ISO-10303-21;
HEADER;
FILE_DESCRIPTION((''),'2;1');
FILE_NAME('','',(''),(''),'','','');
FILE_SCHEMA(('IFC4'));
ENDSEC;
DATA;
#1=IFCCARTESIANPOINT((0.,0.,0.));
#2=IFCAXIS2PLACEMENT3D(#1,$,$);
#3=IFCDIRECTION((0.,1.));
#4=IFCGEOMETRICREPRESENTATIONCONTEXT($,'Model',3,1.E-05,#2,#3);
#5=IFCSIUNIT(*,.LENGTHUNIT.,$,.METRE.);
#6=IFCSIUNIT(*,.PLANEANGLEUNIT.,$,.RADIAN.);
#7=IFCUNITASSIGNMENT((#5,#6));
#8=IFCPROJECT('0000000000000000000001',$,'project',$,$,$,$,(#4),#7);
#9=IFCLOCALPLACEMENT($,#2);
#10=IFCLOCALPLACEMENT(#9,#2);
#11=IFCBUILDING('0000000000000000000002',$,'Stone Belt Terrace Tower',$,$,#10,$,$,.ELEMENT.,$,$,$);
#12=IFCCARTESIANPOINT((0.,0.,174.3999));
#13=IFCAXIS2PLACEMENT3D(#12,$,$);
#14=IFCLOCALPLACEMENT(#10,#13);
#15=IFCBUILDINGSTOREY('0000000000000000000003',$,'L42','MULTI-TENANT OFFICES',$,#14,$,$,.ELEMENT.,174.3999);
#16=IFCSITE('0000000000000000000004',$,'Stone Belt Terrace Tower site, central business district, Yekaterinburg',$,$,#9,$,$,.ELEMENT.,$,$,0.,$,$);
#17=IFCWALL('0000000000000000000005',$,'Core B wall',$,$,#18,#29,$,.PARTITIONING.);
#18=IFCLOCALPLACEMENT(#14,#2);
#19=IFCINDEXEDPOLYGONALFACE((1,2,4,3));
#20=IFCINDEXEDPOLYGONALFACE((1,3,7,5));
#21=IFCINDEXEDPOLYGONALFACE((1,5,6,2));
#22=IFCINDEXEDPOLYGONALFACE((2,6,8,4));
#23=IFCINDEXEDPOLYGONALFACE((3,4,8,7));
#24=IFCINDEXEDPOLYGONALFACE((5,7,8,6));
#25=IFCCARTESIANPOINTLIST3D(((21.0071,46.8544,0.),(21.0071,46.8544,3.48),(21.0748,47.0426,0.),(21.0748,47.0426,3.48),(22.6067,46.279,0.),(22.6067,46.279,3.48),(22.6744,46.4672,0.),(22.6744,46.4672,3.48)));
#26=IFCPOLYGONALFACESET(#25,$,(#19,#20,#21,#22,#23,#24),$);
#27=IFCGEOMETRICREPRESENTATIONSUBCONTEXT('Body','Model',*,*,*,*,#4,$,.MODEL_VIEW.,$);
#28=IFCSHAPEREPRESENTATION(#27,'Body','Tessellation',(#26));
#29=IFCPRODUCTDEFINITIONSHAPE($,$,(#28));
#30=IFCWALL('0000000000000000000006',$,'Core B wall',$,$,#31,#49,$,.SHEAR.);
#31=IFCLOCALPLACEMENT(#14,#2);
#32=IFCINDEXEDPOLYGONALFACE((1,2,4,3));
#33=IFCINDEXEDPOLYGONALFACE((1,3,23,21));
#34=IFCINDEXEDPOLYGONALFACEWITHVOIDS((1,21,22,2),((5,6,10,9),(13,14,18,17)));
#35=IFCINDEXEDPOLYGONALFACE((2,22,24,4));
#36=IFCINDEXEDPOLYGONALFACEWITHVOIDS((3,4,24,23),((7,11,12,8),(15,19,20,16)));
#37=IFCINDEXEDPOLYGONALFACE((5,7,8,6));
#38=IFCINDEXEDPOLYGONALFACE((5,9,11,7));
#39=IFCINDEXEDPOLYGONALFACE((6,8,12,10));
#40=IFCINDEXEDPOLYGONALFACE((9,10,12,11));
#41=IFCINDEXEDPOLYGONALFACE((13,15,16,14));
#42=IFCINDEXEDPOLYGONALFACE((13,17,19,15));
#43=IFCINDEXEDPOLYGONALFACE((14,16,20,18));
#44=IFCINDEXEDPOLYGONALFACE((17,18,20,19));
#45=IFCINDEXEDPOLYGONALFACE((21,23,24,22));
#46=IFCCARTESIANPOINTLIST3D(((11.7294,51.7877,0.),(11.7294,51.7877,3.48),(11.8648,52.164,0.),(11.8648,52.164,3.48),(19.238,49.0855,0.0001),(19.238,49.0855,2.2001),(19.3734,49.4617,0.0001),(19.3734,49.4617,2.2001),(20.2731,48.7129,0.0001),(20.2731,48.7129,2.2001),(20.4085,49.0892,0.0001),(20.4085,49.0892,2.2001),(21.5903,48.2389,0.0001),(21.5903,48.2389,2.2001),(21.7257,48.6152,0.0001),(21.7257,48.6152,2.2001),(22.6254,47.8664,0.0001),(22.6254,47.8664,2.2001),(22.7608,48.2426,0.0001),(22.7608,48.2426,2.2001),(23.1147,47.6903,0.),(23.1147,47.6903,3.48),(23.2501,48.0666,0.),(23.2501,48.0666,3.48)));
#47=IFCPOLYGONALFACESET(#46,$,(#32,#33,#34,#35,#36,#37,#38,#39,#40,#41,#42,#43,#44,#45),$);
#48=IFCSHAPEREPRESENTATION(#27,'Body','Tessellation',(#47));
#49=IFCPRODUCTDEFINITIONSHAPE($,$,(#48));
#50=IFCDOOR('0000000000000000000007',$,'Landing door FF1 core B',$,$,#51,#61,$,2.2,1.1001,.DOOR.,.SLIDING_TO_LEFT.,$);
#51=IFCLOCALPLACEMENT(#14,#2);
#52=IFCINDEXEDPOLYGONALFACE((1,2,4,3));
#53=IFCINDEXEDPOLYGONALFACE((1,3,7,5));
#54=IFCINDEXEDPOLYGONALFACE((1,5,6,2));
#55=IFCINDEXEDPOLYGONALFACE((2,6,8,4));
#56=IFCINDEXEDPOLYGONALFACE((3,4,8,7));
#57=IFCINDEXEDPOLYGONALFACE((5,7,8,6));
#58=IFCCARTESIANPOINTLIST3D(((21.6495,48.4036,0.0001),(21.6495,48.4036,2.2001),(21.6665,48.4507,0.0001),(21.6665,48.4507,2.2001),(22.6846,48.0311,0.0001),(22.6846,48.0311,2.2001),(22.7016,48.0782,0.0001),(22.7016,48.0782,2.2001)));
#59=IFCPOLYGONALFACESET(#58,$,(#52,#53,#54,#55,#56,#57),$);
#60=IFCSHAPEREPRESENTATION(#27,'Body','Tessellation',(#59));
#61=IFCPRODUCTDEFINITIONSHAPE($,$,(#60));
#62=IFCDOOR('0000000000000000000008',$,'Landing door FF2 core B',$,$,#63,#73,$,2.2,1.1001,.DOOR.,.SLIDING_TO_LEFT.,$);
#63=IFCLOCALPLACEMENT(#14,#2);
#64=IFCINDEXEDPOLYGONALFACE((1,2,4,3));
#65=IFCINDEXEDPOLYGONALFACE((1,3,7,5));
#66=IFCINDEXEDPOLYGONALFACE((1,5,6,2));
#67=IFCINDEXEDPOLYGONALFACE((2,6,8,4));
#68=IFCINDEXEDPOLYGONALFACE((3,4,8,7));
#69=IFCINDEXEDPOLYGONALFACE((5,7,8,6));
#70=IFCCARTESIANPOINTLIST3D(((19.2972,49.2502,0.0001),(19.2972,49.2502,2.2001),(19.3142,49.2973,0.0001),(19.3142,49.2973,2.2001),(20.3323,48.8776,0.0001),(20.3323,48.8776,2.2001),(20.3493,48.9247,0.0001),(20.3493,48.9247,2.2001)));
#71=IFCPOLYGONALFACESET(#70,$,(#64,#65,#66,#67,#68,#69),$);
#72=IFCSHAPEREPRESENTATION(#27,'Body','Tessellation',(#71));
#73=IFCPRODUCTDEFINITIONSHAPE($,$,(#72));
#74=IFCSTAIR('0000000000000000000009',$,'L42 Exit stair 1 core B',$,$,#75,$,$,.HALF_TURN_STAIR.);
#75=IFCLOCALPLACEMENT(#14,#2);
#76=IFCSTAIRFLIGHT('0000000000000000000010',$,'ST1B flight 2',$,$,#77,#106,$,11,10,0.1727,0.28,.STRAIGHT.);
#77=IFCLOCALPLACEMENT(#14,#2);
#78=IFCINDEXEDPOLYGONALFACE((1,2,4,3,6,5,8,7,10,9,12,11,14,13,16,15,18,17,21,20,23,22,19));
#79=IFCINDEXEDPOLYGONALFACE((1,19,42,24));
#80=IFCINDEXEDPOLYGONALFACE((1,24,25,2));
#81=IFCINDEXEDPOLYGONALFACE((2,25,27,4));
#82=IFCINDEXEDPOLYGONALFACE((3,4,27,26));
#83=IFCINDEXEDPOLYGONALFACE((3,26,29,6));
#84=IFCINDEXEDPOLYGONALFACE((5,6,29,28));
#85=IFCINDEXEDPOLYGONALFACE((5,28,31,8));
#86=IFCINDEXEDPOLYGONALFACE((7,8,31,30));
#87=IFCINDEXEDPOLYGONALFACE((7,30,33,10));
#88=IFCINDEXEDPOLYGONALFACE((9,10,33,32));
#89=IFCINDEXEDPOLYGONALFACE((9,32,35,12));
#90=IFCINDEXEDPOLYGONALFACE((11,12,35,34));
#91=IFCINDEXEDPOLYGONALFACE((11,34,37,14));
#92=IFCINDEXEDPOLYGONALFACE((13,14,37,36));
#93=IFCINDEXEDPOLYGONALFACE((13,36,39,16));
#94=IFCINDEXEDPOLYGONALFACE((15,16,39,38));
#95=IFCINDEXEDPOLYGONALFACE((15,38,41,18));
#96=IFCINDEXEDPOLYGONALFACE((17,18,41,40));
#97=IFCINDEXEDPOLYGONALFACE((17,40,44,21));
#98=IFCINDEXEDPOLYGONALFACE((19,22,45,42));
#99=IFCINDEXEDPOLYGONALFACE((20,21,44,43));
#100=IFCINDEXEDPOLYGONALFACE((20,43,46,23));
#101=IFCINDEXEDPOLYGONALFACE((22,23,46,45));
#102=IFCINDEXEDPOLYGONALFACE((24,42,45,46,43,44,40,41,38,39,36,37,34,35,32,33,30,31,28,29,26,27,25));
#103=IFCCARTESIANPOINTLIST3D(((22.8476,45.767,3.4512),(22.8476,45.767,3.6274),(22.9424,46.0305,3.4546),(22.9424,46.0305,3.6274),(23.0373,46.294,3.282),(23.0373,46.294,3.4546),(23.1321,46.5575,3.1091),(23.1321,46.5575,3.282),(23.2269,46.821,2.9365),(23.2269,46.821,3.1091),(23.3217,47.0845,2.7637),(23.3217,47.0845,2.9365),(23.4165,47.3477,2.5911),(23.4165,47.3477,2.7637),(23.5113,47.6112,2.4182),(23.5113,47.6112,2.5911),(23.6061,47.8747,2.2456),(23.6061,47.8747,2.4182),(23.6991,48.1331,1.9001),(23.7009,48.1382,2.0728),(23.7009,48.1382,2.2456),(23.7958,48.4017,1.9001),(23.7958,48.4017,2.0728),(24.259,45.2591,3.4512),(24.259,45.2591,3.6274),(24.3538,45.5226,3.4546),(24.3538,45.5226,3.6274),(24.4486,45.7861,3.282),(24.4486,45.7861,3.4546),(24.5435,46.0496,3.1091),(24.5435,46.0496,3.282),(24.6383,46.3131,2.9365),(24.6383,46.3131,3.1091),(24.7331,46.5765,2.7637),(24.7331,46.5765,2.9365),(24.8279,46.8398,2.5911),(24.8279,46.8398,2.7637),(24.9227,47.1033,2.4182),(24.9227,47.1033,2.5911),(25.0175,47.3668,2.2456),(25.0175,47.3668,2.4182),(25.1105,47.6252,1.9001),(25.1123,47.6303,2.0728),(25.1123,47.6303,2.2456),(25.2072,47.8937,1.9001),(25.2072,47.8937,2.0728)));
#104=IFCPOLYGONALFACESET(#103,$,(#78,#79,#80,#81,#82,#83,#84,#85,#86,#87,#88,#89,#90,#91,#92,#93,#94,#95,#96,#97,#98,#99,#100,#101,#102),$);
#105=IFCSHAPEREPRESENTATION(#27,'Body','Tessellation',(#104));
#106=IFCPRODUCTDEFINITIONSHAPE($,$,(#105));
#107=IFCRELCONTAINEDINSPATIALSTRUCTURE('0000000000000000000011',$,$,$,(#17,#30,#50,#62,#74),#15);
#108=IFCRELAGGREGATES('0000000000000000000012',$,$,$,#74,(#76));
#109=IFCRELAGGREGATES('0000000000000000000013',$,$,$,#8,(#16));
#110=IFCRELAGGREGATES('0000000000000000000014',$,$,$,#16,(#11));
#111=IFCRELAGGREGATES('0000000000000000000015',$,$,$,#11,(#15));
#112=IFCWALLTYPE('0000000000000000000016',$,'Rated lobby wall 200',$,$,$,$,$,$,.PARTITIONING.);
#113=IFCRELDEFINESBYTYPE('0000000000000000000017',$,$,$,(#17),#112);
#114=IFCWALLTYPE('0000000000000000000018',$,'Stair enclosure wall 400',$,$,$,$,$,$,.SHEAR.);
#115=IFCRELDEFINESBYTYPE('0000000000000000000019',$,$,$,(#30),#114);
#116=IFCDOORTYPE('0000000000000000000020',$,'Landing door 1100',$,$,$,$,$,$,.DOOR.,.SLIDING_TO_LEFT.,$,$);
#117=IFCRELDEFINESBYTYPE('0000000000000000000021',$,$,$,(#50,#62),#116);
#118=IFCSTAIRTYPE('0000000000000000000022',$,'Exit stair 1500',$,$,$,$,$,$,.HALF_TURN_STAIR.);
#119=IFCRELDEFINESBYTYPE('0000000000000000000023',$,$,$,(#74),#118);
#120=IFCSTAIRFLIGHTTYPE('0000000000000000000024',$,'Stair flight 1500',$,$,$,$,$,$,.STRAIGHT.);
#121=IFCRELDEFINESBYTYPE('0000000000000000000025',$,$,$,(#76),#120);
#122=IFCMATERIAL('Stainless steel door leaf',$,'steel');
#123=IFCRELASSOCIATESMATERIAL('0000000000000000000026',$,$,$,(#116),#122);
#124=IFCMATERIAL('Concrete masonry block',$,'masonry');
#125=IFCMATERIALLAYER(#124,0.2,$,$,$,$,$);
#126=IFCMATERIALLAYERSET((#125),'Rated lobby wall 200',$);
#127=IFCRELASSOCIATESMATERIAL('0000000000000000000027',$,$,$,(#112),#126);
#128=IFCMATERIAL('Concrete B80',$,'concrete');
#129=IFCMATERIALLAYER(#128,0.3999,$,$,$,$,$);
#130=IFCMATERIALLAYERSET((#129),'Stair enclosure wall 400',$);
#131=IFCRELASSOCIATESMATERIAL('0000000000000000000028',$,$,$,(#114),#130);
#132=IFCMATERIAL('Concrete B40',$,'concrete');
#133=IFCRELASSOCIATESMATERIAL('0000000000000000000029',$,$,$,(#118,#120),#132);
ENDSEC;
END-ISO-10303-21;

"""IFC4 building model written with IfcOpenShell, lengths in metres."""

from ifc_helpers import new_model, si_unit, direction, frame, frame_2d, origin, place, context, subcontext, project, spatial, polyline, rectangle, outline, extrude, material, layer, layer_set, type_object, element, fill, aggregate, save


model = new_model("IFC4")

# Units and contexts
model_context = context("Model", 3, precision=1e-05, world=origin(), true_north=direction((0.0, 1.0)))
body_context = subcontext(model_context, "Body", "Model", "MODEL_VIEW")
ifc_project = project(units=[si_unit("LENGTHUNIT", "METRE"), si_unit("PLANEANGLEUNIT", "RADIAN")], contexts=[model_context])

# Site, building, storey
site_placement = place(None, origin())
site = spatial("IfcSite", under=ifc_project, at=site_placement, Name="Stone Belt Terrace Tower site, central business district, Yekaterinburg", CompositionType="ELEMENT", RefElevation=0.0)
building_placement = place(site_placement, origin())
building = spatial("IfcBuilding", under=site, at=building_placement, Name="Stone Belt Terrace Tower", CompositionType="ELEMENT")
storey_placement = place(building_placement, frame((0.0, 0.0, 174.3999)))
storey = spatial("IfcBuildingStorey", under=building, at=storey_placement, Name="L42", Description="MULTI-TENANT OFFICES", CompositionType="ELEMENT", Elevation=174.3999)

# Shared definitions
ifc_material_1 = material(Name="Concrete B80", Category="concrete")

# Shared definitions
ifc_material_2 = material(Name="Stainless steel door leaf", Category="steel")
door_type_1 = type_object("IfcDoorType", Name="Landing door 1100", OperationType="SLIDING_TO_LEFT", PredefinedType="DOOR", material=ifc_material_2)

# Wall
ifc_material_3 = material(Name="Concrete masonry block", Category="masonry")
ifc_layer_1 = layer(ifc_material_3, 0.2)
ifc_layer_set_1 = layer_set([ifc_layer_1], Name="Rated lobby wall 200")
wall_type_1 = type_object("IfcWallType", Name="Rated lobby wall 200", PredefinedType="PARTITIONING", material=ifc_layer_set_1)
wall_1_placement = place(storey_placement, frame((22.6406, 46.373, 0.0), z_axis=(0.0, 0.0, 1.0), x_axis=(-0.940966, 0.338501, 0.0)))
element("IfcWall", 1, at=wall_1_placement, inside=storey, type_object=wall_type_1, Name="Core B wall", PredefinedType="PARTITIONING", context=body_context, shape_type="SweptSolid", body=[
    extrude(rectangle(XDim=1.7, YDim=0.2, at=frame_2d((0.8501, 0.0))), origin(), (0.0, 0.0, 1.0), 3.48),
])

# Wall, openings, doors
ifc_layer_2 = layer(ifc_material_1, 0.3999)
ifc_layer_set_2 = layer_set([ifc_layer_2], Name="Stair enclosure wall 400")
wall_type_2 = type_object("IfcWallType", Name="Stair enclosure wall 400", PredefinedType="SHEAR", material=ifc_layer_set_2)
wall_2_placement = place(storey_placement, frame((23.1824, 47.8784, 0.0), z_axis=(0.0, 0.0, 1.0), x_axis=(-0.940921, 0.338626, 0.0)))
wall_2 = element("IfcWall", 2, at=wall_2_placement, inside=storey, type_object=wall_type_2, Name="Core B wall", PredefinedType="SHEAR", context=body_context, shape_type="SweptSolid", body=[
    extrude(rectangle(XDim=12.1001, YDim=0.3999, at=frame_2d((6.05, 0.0))), origin(), (0.0, 0.0, 1.0), 3.48),
])
opening_1_placement = place(wall_2_placement, frame((0.52, 0.0, 0.0)))
opening_1 = element("IfcOpeningElement", 3, at=opening_1_placement, cuts=wall_2, PredefinedType="OPENING", context=body_context, shape_type="SweptSolid", body=[
    extrude(rectangle(XDim=1.1001, YDim=2.2, at=frame_2d((0.55, 1.1001))), frame((0.0, 0.21, 0.0), z_axis=(0.0, -1.0, 0.0), x_axis=(1.0, 0.0, 0.0)), (0.0, 0.0, 1.0), 0.4199),
])
opening_2_placement = place(wall_2_placement, frame((3.02, 0.0, 0.0)))
opening_2 = element("IfcOpeningElement", 4, at=opening_2_placement, cuts=wall_2, PredefinedType="OPENING", context=body_context, shape_type="SweptSolid", body=[
    extrude(rectangle(XDim=1.1001, YDim=2.2, at=frame_2d((0.55, 1.1001))), frame((0.0, 0.21, 0.0), z_axis=(0.0, -1.0, 0.0), x_axis=(1.0, 0.0, 0.0)), (0.0, 0.0, 1.0), 0.4199),
])
door_1_placement = place(opening_1_placement, origin())
door_1 = element("IfcDoor", 5, at=door_1_placement, inside=storey, type_object=door_type_1, Name="Landing door FF1 core B", OperationType="SLIDING_TO_LEFT", OverallHeight=2.2, OverallWidth=1.1001, PredefinedType="DOOR", context=body_context, shape_type="SweptSolid", body=[
    extrude(rectangle(XDim=1.1001, YDim=2.2, at=frame_2d((0.55, 1.1001))), frame((0.0, 0.0249, 0.0), z_axis=(0.0, -1.0, 0.0), x_axis=(1.0, 0.0, 0.0)), (0.0, 0.0, 1.0), 0.05),
])
fill(opening_1, door_1)
door_2_placement = place(opening_2_placement, origin())
door_2 = element("IfcDoor", 6, at=door_2_placement, inside=storey, type_object=door_type_1, Name="Landing door FF2 core B", OperationType="SLIDING_TO_LEFT", OverallHeight=2.2, OverallWidth=1.1001, PredefinedType="DOOR", context=body_context, shape_type="SweptSolid", body=[
    extrude(rectangle(XDim=1.1001, YDim=2.2, at=frame_2d((0.55, 1.1001))), frame((0.0, 0.0249, 0.0), z_axis=(0.0, -1.0, 0.0), x_axis=(1.0, 0.0, 0.0)), (0.0, 0.0, 1.0), 0.05),
])
fill(opening_2, door_2)

# Stair, stair flight
ifc_material_4 = material(Name="Concrete B40", Category="concrete")
stair_type = type_object("IfcStairType", Name="Exit stair 1500", PredefinedType="HALF_TURN_STAIR", material=ifc_material_4)
stair_placement = place(storey_placement, origin())
stair = element("IfcStair", 7, at=stair_placement, inside=storey, type_object=stair_type, Name="L42 Exit stair 1 core B", PredefinedType="HALF_TURN_STAIR")
stair_flight_type = type_object("IfcStairFlightType", Name="Stair flight 1500", PredefinedType="STRAIGHT", material=ifc_material_4)
stair_flight_placement = place(storey_placement, frame((24.5015, 48.1477, 1.9001), z_axis=(0.0, 0.0, 1.0), x_axis=(-0.338624, -0.940922, 0.0)))
stair_flight = element("IfcStairFlight", 8, at=stair_flight_placement, type_object=stair_flight_type, Name="ST1B flight 2", NumberOfRisers=11, NumberOfTreads=10, PredefinedType="STRAIGHT", RiserHeight=0.1727, TreadLength=0.28, context=body_context, shape_type="SweptSolid", body=[
    extrude(outline(polyline([(0.0, 0.0), (0.0, 0.1726), (0.28, 0.1726), (0.28, 0.3455), (0.5601, 0.3455), (0.5601, 0.5181), (0.8401, 0.5181), (0.8401, 0.6909), (1.1201, 0.6909), (1.1201, 0.8635), (1.3999, 0.8635), (1.3999, 1.0364), (1.6799, 1.0364), (1.6799, 1.209), (1.96, 1.209), (1.96, 1.3818), (2.24, 1.3818), (2.24, 1.5544), (2.52, 1.5544), (2.52, 1.7273), (2.8, 1.7273), (2.8, 1.8999), (2.8, 1.551), (0.2854, 0.0), (0.0, 0.0)])), frame((0.0, 0.75, 0.0), z_axis=(0.0, -1.0, 0.0), x_axis=(1.0, 0.0, 0.0)), (0.0, 0.0, 1.0), 1.5),
])
aggregate(stair, [stair_flight])

save(model, "model.ifc")
